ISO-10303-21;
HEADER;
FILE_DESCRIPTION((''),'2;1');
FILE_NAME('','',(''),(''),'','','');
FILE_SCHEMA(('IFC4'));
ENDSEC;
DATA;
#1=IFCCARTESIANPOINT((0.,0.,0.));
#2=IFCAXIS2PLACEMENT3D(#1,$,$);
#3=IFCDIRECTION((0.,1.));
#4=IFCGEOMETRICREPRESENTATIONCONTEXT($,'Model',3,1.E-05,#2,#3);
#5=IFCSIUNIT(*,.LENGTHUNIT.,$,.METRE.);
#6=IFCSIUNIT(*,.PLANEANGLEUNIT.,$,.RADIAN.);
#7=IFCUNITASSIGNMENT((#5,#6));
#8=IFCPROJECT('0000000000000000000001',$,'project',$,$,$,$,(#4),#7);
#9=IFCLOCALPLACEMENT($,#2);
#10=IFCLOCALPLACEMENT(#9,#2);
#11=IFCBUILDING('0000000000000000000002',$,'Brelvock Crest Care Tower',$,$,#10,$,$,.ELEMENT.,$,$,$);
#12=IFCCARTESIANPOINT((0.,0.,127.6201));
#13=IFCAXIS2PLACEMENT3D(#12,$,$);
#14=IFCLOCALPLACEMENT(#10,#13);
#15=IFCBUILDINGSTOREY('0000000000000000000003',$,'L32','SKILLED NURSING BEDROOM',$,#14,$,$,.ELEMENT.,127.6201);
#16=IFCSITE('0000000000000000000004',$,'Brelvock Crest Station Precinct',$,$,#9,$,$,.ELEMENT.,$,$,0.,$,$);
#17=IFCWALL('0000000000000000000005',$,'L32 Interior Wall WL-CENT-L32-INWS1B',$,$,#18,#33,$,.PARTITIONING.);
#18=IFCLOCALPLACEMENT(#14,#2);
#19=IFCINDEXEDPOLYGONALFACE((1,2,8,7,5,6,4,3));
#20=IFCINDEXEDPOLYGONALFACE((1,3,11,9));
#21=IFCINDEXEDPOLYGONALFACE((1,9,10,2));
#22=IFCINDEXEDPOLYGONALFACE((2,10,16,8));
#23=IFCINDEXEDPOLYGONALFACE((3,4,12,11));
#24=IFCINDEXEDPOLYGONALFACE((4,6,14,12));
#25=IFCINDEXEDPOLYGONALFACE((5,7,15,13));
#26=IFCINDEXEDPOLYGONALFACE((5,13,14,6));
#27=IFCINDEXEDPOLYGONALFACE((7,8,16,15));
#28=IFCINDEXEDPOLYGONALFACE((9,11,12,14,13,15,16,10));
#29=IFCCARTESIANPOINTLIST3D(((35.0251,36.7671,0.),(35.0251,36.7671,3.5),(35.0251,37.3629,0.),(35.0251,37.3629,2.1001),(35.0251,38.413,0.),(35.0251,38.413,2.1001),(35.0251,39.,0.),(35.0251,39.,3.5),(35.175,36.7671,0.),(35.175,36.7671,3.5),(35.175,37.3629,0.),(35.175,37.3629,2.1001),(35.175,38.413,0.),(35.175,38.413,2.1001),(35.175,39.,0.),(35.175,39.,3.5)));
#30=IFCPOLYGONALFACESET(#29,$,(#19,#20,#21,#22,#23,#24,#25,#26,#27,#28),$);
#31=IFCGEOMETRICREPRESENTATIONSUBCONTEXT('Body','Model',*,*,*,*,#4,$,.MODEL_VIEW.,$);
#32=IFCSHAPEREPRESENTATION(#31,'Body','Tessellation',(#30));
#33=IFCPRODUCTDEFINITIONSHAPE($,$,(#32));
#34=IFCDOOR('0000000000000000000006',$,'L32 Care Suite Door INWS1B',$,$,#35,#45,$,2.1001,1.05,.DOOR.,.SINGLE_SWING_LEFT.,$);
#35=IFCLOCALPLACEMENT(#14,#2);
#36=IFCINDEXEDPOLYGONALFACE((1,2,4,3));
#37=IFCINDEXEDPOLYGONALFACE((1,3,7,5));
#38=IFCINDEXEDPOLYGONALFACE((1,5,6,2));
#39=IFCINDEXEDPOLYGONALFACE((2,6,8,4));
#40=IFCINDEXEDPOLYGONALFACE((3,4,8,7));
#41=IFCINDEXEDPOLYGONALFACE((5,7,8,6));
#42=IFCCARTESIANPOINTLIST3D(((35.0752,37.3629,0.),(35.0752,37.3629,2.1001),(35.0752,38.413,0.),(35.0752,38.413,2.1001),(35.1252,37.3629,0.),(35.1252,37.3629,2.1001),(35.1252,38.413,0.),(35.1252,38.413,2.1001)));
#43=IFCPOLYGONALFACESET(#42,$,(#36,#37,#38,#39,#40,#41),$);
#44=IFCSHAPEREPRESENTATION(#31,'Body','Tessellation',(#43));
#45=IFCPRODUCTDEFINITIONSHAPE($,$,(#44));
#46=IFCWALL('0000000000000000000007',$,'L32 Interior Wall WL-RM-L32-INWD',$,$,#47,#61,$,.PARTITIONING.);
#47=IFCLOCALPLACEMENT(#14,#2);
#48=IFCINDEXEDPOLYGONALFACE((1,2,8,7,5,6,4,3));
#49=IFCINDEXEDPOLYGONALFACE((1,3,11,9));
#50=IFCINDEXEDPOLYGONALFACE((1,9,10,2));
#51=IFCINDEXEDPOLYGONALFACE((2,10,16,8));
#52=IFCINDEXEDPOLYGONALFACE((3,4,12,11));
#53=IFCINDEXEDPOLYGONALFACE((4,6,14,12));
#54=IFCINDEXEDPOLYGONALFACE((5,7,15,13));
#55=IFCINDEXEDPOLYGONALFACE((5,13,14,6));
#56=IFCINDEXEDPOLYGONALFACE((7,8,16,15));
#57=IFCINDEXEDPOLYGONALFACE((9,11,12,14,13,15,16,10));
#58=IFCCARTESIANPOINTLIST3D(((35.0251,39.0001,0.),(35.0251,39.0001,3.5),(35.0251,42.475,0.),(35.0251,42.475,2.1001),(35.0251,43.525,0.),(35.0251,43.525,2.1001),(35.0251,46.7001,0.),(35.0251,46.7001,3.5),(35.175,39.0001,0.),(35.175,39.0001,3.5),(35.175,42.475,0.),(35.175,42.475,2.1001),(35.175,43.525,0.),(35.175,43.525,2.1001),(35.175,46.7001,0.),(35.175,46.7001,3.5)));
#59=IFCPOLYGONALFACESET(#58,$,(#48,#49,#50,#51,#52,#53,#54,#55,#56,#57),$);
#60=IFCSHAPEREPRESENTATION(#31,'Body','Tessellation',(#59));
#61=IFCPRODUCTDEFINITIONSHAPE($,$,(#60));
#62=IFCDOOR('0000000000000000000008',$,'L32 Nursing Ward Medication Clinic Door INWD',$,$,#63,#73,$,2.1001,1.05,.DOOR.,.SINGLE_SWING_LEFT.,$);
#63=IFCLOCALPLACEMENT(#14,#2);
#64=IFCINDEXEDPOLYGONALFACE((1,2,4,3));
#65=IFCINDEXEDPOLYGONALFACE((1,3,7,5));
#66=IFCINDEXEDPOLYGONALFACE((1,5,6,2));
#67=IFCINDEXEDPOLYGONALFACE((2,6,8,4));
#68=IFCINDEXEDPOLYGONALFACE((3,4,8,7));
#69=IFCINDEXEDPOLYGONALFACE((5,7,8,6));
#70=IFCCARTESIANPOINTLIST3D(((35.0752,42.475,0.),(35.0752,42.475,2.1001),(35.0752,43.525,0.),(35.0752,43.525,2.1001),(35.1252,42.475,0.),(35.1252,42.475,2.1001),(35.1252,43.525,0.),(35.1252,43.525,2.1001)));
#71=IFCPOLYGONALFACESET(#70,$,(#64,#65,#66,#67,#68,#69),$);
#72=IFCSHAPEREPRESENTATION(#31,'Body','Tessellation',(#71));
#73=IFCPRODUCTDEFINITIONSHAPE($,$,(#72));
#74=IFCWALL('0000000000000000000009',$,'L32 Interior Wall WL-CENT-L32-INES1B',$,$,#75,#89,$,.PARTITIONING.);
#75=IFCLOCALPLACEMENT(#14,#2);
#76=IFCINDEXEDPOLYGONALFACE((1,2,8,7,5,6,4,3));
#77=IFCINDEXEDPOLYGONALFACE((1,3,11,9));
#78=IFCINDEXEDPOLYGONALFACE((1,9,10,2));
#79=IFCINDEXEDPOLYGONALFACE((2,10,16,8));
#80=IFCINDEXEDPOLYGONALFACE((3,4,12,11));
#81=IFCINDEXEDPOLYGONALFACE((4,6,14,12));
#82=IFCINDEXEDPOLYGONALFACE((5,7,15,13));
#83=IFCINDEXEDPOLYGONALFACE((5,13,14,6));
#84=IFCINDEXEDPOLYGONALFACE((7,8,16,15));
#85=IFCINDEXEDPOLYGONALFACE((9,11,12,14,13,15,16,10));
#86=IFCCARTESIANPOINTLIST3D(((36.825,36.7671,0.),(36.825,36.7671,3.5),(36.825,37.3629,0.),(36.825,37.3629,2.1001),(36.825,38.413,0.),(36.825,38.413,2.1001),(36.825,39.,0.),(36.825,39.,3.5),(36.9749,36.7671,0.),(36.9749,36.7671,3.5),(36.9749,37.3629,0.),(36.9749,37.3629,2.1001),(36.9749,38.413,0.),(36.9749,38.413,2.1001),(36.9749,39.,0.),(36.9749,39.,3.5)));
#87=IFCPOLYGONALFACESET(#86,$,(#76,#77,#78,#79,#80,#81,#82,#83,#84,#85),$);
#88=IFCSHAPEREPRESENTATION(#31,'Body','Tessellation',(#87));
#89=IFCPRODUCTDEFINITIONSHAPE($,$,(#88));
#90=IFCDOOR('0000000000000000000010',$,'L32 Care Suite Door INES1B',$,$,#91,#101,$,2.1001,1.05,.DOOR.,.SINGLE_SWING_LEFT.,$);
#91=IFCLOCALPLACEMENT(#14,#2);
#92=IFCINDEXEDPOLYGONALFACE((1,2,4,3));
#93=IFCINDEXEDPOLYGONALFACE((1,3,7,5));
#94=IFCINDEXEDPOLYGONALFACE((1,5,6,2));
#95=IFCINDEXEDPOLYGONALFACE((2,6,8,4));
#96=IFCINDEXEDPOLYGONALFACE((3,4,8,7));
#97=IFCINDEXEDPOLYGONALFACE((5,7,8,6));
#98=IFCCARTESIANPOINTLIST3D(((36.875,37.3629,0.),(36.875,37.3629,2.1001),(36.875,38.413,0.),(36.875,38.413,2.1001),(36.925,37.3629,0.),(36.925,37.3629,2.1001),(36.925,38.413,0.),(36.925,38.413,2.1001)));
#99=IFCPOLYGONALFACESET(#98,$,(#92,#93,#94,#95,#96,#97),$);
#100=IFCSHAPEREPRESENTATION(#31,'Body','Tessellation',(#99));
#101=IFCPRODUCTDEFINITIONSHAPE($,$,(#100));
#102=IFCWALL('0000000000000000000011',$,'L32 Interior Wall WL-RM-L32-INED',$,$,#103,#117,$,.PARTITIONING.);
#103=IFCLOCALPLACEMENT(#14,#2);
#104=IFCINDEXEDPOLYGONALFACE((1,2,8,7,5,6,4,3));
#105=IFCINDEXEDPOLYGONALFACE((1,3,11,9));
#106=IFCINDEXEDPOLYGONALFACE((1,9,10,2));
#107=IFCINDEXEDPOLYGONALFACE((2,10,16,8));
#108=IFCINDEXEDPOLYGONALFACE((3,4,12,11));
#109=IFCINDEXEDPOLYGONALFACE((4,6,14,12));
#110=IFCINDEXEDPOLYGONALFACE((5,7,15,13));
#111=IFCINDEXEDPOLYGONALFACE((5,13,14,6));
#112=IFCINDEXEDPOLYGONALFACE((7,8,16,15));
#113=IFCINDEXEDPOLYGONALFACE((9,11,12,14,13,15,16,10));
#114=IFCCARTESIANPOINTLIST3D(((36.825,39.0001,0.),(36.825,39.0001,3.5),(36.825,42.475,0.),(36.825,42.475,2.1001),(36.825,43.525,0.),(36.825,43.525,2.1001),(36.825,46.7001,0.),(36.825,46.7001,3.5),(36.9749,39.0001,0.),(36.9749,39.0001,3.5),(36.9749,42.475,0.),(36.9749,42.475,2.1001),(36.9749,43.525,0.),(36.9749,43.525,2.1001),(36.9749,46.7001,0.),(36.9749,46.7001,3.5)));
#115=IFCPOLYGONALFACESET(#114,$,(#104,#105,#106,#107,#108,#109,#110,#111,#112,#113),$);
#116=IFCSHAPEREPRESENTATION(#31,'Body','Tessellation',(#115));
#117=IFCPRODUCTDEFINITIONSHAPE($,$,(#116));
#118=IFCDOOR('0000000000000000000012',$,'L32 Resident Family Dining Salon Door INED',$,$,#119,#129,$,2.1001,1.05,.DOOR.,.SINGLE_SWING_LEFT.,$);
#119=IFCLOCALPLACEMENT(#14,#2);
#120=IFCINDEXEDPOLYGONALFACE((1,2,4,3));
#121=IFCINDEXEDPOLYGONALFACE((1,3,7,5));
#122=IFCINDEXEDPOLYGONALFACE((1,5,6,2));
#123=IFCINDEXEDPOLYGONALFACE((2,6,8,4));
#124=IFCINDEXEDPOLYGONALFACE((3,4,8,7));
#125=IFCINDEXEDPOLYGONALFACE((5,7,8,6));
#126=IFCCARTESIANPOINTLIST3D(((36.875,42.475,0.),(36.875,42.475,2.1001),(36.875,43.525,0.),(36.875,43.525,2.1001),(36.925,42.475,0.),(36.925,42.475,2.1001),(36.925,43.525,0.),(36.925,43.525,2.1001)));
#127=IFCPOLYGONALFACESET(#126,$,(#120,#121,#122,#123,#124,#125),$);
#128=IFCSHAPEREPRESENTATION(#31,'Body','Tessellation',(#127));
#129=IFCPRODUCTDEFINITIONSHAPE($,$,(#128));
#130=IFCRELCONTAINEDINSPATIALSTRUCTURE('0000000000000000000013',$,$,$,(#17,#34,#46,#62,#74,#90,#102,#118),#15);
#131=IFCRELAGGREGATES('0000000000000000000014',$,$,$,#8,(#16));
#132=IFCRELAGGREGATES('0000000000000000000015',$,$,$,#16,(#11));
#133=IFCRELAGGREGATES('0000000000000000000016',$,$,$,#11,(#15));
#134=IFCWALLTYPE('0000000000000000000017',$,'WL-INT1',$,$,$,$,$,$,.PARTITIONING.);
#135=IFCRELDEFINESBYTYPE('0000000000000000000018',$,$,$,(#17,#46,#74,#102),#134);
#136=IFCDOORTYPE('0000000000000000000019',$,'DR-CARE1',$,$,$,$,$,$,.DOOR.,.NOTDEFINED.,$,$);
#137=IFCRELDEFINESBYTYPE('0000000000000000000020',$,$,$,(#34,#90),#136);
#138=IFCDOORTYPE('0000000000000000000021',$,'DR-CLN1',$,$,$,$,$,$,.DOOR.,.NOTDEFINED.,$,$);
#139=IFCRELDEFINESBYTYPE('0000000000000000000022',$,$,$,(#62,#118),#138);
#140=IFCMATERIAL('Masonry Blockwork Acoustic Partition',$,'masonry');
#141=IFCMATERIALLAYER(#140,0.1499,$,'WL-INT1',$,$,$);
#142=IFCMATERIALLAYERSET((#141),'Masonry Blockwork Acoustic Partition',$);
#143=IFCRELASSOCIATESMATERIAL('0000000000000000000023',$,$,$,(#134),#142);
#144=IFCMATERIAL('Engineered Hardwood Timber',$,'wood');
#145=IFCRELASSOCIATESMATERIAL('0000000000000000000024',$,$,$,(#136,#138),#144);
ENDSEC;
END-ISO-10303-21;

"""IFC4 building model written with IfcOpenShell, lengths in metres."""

from ifc_helpers import new_model, si_unit, direction, frame, frame_2d, origin, origin_2d, place, context, subcontext, project, spatial, rectangle, extrude, source, transform, mapped, material, layer, layer_set, type_object, element, fill, save


model = new_model("IFC4")

# Units and contexts
model_context = context("Model", 3, precision=1e-05, world=origin(), true_north=direction((0.0, 1.0)))
body_context = subcontext(model_context, "Body", "Model", "MODEL_VIEW")
ifc_project = project(units=[si_unit("LENGTHUNIT", "METRE"), si_unit("PLANEANGLEUNIT", "RADIAN")], contexts=[model_context])

# Site, building, storey
site_placement = place(None, origin())
site = spatial("IfcSite", under=ifc_project, at=site_placement, Name="Brelvock Crest Station Precinct", CompositionType="ELEMENT", RefElevation=0.0)
building_placement = place(site_placement, origin())
building = spatial("IfcBuilding", under=site, at=building_placement, Name="Brelvock Crest Care Tower", CompositionType="ELEMENT")
storey_placement = place(building_placement, frame((0.0, 0.0, 127.6201)))
storey = spatial("IfcBuildingStorey", under=building, at=storey_placement, Name="L32", Description="SKILLED NURSING BEDROOM", CompositionType="ELEMENT", Elevation=127.6201)

# Shared definitions
ifc_material_1 = material(Name="Masonry Blockwork Acoustic Partition", Category="masonry")
ifc_layer = layer(ifc_material_1, 0.1499, Name="WL-INT1")
ifc_layer_set = layer_set([ifc_layer], Name="Masonry Blockwork Acoustic Partition")
wall_type = type_object("IfcWallType", Name="WL-INT1", PredefinedType="PARTITIONING", material=ifc_layer_set)

# Walls, openings, doors
wall_1_placement = place(storey_placement, frame((35.1001, 36.7671, 0.0), z_axis=(0.0, 0.0, 1.0), x_axis=(0.0, 1.0, 0.0)))
wall_1 = element("IfcWall", 1, at=wall_1_placement, inside=storey, type_object=wall_type, Name="L32 Interior Wall WL-CENT-L32-INWS1B", PredefinedType="PARTITIONING", context=body_context, shape_type="SweptSolid", body=[
    extrude(rectangle(XDim=2.2329, YDim=0.1499, at=frame_2d((1.1165, 0.0))), origin(), (0.0, 0.0, 1.0), 3.5),
])
opening_1_placement = place(wall_1_placement, frame((0.5959, 0.0, 0.0)))
opening_1 = element("IfcOpeningElement", 2, at=opening_1_placement, cuts=wall_1, PredefinedType="OPENING", context=body_context, shape_type="SweptSolid", body=[
    extrude(rectangle(XDim=1.05, YDim=2.1001, at=origin_2d()), frame((0.5249, 0.085, 1.05), z_axis=(0.0, -1.0, 0.0), x_axis=(1.0, 0.0, 0.0)), (0.0, 0.0, 1.0), 0.1699),
])
ifc_material_2 = material(Name="Engineered Hardwood Timber", Category="wood")
door_type_1 = type_object("IfcDoorType", Name="DR-CARE1", OperationType="NOTDEFINED", PredefinedType="DOOR", material=ifc_material_2)
shared_shape_1 = source(origin(), body_context, "Body", "SweptSolid", [
    extrude(rectangle(XDim=1.05, YDim=2.1001, at=origin_2d()), frame((0.5249, 0.0249, 1.05), z_axis=(0.0, -1.0, 0.0), x_axis=(1.0, 0.0, 0.0)), (0.0, 0.0, 1.0), 0.05),
])
door_1_placement = place(opening_1_placement, origin())
door_1 = element("IfcDoor", 3, at=door_1_placement, inside=storey, type_object=door_type_1, Name="L32 Care Suite Door INWS1B", OperationType="SINGLE_SWING_LEFT", OverallHeight=2.1001, OverallWidth=1.05, PredefinedType="DOOR", context=body_context, shape_type="MappedRepresentation", body=[
    mapped(shared_shape_1, transform((0.0, 0.0, 0.0), x_axis=(1.0, 0.0, 0.0), y_axis=(0.0, 1.0, 0.0), z_axis=(0.0, 0.0, 1.0), scale=1.0)),
])
fill(opening_1, door_1)
wall_2_placement = place(storey_placement, frame((35.1001, 39.0, 0.0), z_axis=(0.0, 0.0, 1.0), x_axis=(0.0, 1.0, 0.0)))
wall_2 = element("IfcWall", 4, at=wall_2_placement, inside=storey, type_object=wall_type, Name="L32 Interior Wall WL-RM-L32-INWD", PredefinedType="PARTITIONING", context=body_context, shape_type="SweptSolid", body=[
    extrude(rectangle(XDim=7.7, YDim=0.1499, at=frame_2d((3.8501, 0.0))), origin(), (0.0, 0.0, 1.0), 3.5),
])
opening_2_placement = place(wall_2_placement, frame((3.4751, 0.0, 0.0)))
opening_2 = element("IfcOpeningElement", 5, at=opening_2_placement, cuts=wall_2, PredefinedType="OPENING", context=body_context, shape_type="SweptSolid", body=[
    extrude(rectangle(XDim=1.05, YDim=2.1001, at=origin_2d()), frame((0.5249, 0.085, 1.05), z_axis=(0.0, -1.0, 0.0), x_axis=(1.0, 0.0, 0.0)), (0.0, 0.0, 1.0), 0.1699),
])
door_type_2 = type_object("IfcDoorType", Name="DR-CLN1", OperationType="NOTDEFINED", PredefinedType="DOOR", material=ifc_material_2)
shared_shape_2 = source(origin(), body_context, "Body", "SweptSolid", [
    extrude(rectangle(XDim=1.05, YDim=2.1001, at=origin_2d()), frame((0.5249, 0.0249, 1.05), z_axis=(0.0, -1.0, 0.0), x_axis=(1.0, 0.0, 0.0)), (0.0, 0.0, 1.0), 0.05),
])
door_2_placement = place(opening_2_placement, origin())
door_2 = element("IfcDoor", 6, at=door_2_placement, inside=storey, type_object=door_type_2, Name="L32 Nursing Ward Medication Clinic Door INWD", OperationType="SINGLE_SWING_LEFT", OverallHeight=2.1001, OverallWidth=1.05, PredefinedType="DOOR", context=body_context, shape_type="MappedRepresentation", body=[
    mapped(shared_shape_2, transform((0.0, 0.0, 0.0), x_axis=(1.0, 0.0, 0.0), y_axis=(0.0, 1.0, 0.0), z_axis=(0.0, 0.0, 1.0), scale=1.0)),
])
fill(opening_2, door_2)
wall_3_placement = place(storey_placement, frame((36.8999, 36.7671, 0.0), z_axis=(0.0, 0.0, 1.0), x_axis=(0.0, 1.0, 0.0)))
wall_3 = element("IfcWall", 7, at=wall_3_placement, inside=storey, type_object=wall_type, Name="L32 Interior Wall WL-CENT-L32-INES1B", PredefinedType="PARTITIONING", context=body_context, shape_type="SweptSolid", body=[
    extrude(rectangle(XDim=2.2329, YDim=0.1499, at=frame_2d((1.1165, 0.0))), origin(), (0.0, 0.0, 1.0), 3.5),
])
opening_3_placement = place(wall_3_placement, frame((0.5959, 0.0, 0.0)))
opening_3 = element("IfcOpeningElement", 8, at=opening_3_placement, cuts=wall_3, PredefinedType="OPENING", context=body_context, shape_type="SweptSolid", body=[
    extrude(rectangle(XDim=1.05, YDim=2.1001, at=origin_2d()), frame((0.5249, 0.085, 1.05), z_axis=(0.0, -1.0, 0.0), x_axis=(1.0, 0.0, 0.0)), (0.0, 0.0, 1.0), 0.1699),
])
door_3_placement = place(opening_3_placement, origin())
door_3 = element("IfcDoor", 9, at=door_3_placement, inside=storey, type_object=door_type_1, Name="L32 Care Suite Door INES1B", OperationType="SINGLE_SWING_LEFT", OverallHeight=2.1001, OverallWidth=1.05, PredefinedType="DOOR", context=body_context, shape_type="MappedRepresentation", body=[
    mapped(shared_shape_1, transform((0.0, 0.0, 0.0), x_axis=(1.0, 0.0, 0.0), y_axis=(0.0, 1.0, 0.0), z_axis=(0.0, 0.0, 1.0), scale=1.0)),
])
fill(opening_3, door_3)
wall_4_placement = place(storey_placement, frame((36.8999, 39.0, 0.0), z_axis=(0.0, 0.0, 1.0), x_axis=(0.0, 1.0, 0.0)))
wall_4 = element("IfcWall", 10, at=wall_4_placement, inside=storey, type_object=wall_type, Name="L32 Interior Wall WL-RM-L32-INED", PredefinedType="PARTITIONING", context=body_context, shape_type="SweptSolid", body=[
    extrude(rectangle(XDim=7.7, YDim=0.1499, at=frame_2d((3.8501, 0.0))), origin(), (0.0, 0.0, 1.0), 3.5),
])
opening_4_placement = place(wall_4_placement, frame((3.4751, 0.0, 0.0)))
opening_4 = element("IfcOpeningElement", 11, at=opening_4_placement, cuts=wall_4, PredefinedType="OPENING", context=body_context, shape_type="SweptSolid", body=[
    extrude(rectangle(XDim=1.05, YDim=2.1001, at=origin_2d()), frame((0.5249, 0.085, 1.05), z_axis=(0.0, -1.0, 0.0), x_axis=(1.0, 0.0, 0.0)), (0.0, 0.0, 1.0), 0.1699),
])
door_4_placement = place(opening_4_placement, origin())
door_4 = element("IfcDoor", 12, at=door_4_placement, inside=storey, type_object=door_type_2, Name="L32 Resident Family Dining Salon Door INED", OperationType="SINGLE_SWING_LEFT", OverallHeight=2.1001, OverallWidth=1.05, PredefinedType="DOOR", context=body_context, shape_type="MappedRepresentation", body=[
    mapped(shared_shape_2, transform((0.0, 0.0, 0.0), x_axis=(1.0, 0.0, 0.0), y_axis=(0.0, 1.0, 0.0), z_axis=(0.0, 0.0, 1.0), scale=1.0)),
])
fill(opening_4, door_4)

save(model, "model.ifc")
